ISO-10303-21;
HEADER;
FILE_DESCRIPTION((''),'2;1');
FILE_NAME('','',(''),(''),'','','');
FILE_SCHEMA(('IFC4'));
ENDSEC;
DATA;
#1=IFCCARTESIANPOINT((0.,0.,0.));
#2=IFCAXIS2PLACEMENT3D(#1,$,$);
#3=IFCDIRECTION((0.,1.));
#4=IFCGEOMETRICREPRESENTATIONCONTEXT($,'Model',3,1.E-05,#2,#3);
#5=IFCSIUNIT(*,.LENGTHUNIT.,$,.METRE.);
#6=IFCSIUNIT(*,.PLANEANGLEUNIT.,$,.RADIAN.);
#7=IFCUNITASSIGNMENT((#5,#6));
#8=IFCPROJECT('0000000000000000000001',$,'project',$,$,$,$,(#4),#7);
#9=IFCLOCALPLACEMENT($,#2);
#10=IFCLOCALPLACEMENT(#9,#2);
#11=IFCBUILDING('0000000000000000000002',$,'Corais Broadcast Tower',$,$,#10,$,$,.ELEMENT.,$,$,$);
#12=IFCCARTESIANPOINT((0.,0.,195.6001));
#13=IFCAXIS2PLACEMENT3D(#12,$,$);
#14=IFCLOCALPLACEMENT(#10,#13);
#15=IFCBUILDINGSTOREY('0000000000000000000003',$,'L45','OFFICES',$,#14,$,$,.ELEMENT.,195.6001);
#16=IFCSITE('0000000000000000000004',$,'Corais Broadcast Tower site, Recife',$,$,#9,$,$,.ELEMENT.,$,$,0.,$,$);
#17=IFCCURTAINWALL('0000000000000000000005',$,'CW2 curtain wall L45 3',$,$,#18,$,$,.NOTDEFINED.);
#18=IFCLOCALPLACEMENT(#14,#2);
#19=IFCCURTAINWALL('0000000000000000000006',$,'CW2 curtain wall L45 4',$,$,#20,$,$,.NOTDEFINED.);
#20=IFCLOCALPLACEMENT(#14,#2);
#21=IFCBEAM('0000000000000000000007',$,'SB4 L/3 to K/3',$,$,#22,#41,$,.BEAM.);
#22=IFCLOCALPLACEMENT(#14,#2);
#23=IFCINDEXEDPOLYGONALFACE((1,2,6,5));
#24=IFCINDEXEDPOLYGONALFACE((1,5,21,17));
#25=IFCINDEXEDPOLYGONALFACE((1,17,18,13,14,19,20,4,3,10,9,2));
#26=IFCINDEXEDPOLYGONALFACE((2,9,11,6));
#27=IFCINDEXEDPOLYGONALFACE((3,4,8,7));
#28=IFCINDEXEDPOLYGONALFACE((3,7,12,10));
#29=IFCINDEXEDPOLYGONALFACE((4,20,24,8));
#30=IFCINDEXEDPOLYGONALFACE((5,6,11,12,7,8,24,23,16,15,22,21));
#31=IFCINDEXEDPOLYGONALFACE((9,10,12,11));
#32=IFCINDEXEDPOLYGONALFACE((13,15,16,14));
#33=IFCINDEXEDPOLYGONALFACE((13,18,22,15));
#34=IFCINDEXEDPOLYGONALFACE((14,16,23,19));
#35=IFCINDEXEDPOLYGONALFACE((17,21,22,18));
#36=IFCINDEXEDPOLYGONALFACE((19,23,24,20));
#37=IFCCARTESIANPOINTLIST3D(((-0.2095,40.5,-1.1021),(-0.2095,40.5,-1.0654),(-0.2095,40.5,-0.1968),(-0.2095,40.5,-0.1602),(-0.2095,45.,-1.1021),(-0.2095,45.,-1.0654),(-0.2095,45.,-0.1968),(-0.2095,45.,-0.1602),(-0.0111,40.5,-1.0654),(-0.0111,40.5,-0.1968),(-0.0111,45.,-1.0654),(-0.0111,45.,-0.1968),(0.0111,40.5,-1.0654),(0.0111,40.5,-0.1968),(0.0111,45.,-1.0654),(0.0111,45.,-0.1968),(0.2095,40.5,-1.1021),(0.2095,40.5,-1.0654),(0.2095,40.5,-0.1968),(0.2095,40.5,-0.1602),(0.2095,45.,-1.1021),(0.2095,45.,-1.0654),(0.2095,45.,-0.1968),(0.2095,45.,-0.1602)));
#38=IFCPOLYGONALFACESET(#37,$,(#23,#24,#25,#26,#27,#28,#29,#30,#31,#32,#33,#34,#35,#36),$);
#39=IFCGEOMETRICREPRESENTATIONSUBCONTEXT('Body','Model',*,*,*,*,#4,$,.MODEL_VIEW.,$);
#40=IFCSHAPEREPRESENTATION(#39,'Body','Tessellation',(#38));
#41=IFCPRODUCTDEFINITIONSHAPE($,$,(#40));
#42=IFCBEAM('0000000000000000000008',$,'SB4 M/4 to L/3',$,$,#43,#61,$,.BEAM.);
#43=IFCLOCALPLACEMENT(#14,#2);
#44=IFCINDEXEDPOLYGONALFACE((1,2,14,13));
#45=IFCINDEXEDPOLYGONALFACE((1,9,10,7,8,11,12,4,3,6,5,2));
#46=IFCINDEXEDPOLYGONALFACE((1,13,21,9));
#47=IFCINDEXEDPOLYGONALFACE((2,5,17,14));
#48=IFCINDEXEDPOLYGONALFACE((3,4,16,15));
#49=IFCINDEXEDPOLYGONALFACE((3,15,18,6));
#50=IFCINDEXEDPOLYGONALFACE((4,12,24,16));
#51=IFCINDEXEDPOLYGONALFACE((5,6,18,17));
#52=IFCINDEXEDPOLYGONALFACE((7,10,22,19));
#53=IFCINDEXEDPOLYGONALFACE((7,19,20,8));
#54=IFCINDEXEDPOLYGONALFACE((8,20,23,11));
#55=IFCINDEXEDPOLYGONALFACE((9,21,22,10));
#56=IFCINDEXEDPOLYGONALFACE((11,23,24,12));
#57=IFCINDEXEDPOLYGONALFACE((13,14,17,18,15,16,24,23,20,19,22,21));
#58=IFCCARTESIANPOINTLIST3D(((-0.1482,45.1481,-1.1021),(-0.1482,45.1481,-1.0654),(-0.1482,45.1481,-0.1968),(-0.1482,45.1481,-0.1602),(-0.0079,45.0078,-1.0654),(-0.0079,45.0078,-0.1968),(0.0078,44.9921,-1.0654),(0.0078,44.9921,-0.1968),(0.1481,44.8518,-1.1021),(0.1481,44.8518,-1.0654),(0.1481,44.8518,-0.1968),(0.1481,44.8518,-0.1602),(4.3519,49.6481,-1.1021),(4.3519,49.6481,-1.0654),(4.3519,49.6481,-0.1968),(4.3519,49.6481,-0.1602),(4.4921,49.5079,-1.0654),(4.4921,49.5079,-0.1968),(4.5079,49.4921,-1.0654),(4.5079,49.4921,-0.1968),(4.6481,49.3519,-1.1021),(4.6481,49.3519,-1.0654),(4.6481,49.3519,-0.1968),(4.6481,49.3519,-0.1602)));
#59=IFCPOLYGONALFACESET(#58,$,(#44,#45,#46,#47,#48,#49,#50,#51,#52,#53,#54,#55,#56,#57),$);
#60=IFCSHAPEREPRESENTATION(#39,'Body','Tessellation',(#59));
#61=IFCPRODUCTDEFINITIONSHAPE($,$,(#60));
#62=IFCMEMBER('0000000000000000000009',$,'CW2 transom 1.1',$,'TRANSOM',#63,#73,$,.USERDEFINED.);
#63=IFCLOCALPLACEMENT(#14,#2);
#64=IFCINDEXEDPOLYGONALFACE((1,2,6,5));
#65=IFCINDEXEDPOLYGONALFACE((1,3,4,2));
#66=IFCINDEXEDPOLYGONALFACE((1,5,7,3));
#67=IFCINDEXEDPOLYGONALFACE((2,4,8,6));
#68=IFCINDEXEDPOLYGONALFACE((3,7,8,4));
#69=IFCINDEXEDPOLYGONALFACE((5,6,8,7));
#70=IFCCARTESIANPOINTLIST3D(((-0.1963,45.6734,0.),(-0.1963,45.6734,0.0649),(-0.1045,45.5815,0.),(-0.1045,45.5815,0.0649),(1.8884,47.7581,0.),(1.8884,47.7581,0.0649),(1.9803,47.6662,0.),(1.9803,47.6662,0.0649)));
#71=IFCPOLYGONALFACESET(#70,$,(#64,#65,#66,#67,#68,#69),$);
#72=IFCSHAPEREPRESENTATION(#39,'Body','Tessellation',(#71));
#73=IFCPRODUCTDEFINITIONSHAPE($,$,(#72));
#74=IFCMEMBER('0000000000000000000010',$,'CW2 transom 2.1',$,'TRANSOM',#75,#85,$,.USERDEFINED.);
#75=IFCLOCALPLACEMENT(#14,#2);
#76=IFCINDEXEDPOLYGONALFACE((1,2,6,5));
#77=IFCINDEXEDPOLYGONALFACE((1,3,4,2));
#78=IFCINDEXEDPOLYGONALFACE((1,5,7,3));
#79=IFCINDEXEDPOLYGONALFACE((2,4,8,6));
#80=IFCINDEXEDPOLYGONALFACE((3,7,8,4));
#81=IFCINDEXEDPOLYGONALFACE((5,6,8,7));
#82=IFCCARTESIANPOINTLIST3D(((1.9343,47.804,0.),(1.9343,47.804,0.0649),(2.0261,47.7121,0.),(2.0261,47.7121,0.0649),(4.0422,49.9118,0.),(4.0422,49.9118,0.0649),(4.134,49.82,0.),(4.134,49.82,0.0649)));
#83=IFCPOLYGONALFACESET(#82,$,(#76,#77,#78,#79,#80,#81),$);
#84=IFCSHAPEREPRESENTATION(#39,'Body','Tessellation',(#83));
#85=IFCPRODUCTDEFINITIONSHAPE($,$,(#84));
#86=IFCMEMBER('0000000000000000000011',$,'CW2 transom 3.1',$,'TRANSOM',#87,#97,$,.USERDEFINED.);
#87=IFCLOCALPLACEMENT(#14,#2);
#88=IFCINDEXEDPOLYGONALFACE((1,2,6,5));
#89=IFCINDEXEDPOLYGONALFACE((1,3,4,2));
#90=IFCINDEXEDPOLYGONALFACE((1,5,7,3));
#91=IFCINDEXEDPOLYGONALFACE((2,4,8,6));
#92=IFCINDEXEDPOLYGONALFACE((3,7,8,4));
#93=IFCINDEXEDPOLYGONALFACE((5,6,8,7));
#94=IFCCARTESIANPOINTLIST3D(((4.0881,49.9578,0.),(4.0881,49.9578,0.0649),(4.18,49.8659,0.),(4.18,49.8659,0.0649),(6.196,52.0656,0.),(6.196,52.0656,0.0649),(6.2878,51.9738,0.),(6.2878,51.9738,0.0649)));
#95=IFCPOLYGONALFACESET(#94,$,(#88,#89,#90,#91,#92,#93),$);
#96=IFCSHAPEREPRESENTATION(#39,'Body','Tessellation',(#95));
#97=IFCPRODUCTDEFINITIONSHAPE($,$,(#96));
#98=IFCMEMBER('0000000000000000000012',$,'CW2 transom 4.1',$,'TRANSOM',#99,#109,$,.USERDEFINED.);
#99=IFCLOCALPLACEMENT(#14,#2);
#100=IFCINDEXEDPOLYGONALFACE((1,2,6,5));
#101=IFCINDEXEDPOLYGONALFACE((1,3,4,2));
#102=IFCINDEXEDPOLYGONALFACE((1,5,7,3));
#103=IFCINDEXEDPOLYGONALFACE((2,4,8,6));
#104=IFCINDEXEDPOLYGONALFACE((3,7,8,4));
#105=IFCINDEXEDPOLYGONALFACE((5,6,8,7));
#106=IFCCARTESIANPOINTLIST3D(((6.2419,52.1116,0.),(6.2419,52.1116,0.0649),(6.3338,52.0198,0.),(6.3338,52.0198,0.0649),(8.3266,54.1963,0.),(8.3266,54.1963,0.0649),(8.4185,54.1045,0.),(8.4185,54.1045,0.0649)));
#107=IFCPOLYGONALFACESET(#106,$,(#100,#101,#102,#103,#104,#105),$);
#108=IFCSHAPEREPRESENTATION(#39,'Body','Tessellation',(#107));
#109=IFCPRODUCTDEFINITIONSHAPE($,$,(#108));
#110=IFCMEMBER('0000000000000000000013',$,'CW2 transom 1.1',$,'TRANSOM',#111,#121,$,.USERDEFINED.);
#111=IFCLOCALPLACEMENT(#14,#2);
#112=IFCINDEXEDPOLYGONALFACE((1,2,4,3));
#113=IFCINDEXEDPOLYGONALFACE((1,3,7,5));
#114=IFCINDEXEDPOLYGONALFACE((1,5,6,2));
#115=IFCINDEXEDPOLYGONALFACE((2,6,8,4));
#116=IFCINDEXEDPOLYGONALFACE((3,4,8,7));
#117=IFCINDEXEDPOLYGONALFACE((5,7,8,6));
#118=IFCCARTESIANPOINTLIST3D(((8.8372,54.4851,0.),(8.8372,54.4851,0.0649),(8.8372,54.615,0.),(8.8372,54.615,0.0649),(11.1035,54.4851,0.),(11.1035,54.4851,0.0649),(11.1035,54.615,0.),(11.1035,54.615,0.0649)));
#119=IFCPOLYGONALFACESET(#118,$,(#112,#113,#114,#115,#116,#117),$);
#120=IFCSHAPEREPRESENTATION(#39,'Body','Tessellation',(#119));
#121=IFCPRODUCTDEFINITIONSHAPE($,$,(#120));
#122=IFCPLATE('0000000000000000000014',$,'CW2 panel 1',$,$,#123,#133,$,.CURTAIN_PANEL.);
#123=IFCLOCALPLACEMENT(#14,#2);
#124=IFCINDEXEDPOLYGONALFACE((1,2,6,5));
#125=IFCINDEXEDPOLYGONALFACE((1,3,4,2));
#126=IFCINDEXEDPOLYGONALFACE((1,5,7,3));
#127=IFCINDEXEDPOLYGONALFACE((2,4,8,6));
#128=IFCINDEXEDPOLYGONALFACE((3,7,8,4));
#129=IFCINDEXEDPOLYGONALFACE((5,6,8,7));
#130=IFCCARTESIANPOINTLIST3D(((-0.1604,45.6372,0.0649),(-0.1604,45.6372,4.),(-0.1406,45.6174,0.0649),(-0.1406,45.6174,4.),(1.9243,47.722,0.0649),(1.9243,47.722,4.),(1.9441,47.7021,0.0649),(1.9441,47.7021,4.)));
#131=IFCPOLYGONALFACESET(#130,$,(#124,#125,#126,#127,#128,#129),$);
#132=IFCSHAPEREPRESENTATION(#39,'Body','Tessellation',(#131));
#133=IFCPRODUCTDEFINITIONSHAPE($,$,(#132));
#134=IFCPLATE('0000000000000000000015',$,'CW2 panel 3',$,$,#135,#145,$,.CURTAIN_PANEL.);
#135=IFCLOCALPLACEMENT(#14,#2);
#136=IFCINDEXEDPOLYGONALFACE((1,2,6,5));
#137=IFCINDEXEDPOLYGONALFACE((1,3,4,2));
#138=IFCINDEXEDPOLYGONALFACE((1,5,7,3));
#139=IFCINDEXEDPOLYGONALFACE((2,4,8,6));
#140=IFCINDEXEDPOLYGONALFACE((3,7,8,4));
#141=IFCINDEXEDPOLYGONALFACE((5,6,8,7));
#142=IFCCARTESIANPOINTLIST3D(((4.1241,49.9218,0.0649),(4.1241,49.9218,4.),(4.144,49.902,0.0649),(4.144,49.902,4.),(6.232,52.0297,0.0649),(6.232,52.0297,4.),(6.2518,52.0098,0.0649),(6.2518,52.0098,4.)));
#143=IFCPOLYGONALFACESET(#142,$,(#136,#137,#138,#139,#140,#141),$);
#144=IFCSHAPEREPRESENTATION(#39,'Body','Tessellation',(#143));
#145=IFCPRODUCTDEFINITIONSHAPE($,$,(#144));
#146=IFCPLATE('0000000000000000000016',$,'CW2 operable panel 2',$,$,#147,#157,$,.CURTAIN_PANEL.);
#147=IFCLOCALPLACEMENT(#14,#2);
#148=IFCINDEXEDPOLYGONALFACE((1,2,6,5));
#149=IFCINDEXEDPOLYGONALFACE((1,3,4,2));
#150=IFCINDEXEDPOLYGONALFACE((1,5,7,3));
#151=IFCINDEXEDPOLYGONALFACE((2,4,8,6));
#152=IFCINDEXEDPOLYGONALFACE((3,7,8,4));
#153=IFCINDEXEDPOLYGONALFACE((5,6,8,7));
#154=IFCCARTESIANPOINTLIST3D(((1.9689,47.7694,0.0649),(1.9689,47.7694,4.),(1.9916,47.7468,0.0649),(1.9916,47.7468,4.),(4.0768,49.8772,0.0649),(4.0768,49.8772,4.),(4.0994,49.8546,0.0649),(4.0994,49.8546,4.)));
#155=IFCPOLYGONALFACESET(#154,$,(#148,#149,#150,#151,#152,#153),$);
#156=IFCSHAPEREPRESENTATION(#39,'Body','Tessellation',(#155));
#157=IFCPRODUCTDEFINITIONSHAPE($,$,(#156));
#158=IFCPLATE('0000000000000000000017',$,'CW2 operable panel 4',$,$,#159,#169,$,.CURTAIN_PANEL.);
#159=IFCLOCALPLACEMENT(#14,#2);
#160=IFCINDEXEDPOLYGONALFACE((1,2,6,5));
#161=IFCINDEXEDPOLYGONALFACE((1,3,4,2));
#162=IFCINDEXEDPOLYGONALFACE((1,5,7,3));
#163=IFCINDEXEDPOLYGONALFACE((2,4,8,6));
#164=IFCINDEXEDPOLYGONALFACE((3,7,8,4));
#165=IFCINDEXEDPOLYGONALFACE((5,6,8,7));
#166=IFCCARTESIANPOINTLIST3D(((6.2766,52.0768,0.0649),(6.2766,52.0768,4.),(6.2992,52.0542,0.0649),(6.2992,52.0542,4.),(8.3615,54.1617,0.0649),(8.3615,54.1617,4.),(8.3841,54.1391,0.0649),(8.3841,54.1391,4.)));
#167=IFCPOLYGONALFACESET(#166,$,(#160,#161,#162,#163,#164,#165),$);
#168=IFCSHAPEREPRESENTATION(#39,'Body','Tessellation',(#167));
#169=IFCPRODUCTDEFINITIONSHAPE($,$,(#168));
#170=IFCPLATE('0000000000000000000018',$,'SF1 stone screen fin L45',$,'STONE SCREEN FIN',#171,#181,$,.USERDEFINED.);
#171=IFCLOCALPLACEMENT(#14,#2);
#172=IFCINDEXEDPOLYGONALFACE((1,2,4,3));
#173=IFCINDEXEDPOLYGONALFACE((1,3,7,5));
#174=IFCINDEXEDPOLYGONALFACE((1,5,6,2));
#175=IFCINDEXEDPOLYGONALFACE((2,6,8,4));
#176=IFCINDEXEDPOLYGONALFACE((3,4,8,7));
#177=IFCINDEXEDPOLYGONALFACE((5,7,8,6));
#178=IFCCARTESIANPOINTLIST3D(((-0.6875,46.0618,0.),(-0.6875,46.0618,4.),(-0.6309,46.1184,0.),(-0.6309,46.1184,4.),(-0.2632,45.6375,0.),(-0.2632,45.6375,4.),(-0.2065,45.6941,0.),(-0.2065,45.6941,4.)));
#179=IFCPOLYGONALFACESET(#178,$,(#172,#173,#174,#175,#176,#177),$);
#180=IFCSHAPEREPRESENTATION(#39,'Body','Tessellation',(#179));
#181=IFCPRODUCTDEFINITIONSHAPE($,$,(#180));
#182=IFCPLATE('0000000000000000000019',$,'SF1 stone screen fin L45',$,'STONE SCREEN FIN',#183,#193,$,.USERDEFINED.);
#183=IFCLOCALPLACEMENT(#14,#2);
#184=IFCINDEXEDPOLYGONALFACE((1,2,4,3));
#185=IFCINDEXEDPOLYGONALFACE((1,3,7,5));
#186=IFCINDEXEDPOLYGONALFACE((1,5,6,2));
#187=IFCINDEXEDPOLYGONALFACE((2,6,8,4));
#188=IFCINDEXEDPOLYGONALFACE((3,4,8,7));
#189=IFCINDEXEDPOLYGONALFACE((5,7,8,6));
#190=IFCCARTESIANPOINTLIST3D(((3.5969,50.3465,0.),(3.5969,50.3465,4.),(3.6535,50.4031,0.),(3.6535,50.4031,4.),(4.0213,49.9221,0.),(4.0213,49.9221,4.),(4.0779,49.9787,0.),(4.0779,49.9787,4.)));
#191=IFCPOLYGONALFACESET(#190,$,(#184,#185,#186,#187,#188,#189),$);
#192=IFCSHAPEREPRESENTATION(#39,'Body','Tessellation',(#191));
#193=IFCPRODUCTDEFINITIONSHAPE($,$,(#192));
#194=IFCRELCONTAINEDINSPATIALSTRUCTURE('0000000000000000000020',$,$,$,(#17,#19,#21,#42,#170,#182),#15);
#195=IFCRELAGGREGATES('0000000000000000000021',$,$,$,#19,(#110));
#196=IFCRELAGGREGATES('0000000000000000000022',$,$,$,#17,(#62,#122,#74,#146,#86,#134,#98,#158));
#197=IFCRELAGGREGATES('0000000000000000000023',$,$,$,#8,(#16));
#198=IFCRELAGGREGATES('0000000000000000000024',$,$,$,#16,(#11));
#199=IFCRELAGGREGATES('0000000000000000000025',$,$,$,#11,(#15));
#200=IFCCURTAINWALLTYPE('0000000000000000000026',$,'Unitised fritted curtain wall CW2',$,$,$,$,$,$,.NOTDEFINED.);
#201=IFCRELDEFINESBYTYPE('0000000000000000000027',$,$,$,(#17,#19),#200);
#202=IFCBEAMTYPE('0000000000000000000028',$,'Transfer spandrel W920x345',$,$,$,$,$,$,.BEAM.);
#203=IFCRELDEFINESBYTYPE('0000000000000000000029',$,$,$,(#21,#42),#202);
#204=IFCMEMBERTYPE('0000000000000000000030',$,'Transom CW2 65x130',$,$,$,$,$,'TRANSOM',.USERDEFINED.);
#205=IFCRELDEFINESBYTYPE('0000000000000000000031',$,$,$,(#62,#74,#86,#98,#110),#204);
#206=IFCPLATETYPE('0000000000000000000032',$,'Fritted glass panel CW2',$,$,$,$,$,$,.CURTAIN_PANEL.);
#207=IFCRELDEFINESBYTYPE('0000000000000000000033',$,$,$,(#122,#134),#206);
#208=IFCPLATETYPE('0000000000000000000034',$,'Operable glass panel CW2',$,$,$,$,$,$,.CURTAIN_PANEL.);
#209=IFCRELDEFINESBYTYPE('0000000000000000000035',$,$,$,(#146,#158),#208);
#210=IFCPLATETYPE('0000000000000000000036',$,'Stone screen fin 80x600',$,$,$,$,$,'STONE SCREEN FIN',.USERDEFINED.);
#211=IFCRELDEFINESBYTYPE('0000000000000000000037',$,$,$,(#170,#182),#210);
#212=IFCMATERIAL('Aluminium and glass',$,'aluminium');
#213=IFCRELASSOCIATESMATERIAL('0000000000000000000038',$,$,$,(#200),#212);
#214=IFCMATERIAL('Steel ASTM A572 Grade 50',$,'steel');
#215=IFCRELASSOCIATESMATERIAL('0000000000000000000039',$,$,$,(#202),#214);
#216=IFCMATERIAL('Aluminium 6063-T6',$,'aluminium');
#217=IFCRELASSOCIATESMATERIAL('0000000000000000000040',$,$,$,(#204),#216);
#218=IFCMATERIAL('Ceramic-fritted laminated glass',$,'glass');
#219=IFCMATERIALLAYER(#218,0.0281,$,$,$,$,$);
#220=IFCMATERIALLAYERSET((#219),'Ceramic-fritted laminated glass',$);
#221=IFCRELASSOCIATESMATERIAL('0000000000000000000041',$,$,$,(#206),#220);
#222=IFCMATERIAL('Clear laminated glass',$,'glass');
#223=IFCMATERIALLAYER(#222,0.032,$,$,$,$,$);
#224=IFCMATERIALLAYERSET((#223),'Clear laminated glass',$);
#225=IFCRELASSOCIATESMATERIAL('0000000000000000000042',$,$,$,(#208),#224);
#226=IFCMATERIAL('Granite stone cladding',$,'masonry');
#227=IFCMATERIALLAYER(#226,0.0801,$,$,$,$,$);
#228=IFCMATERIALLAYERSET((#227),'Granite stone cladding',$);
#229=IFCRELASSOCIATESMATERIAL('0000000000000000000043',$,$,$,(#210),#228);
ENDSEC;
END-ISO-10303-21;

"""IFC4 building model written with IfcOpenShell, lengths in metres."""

from ifc_helpers import new_model, si_unit, direction, frame, origin, origin_2d, place, context, subcontext, project, spatial, rectangle, i_section, extrude, material, layer, layer_set, material_profile, profile_set, type_object, element, aggregate, save


model = new_model("IFC4")

# Units and contexts
model_context = context("Model", 3, precision=1e-05, world=origin(), true_north=direction((0.0, 1.0)))
body_context = subcontext(model_context, "Body", "Model", "MODEL_VIEW")
ifc_project = project(units=[si_unit("LENGTHUNIT", "METRE"), si_unit("PLANEANGLEUNIT", "RADIAN")], contexts=[model_context])

# Site, building, storey
site_placement = place(None, origin())
site = spatial("IfcSite", under=ifc_project, at=site_placement, Name="Corais Broadcast Tower site, Recife", CompositionType="ELEMENT", RefElevation=0.0)
building_placement = place(site_placement, origin())
building = spatial("IfcBuilding", under=site, at=building_placement, Name="Corais Broadcast Tower", CompositionType="ELEMENT")
storey_placement = place(building_placement, frame((0.0, 0.0, 195.6001)))
storey = spatial("IfcBuildingStorey", under=building, at=storey_placement, Name="L45", Description="OFFICES", CompositionType="ELEMENT", Elevation=195.6001)

# Shared definitions
ifc_material_1 = material(Name="Aluminium and glass", Category="aluminium")
curtain_wall_type = type_object("IfcCurtainWallType", Name="Unitised fritted curtain wall CW2", PredefinedType="NOTDEFINED", material=ifc_material_1)

# Curtain wall
curtain_wall_1_placement = place(storey_placement, origin())
curtain_wall_1 = element("IfcCurtainWall", 1, at=curtain_wall_1_placement, inside=storey, type_object=curtain_wall_type, Name="CW2 curtain wall L45 3", PredefinedType="NOTDEFINED")

# Curtain wall
curtain_wall_2_placement = place(storey_placement, origin())
curtain_wall_2 = element("IfcCurtainWall", 2, at=curtain_wall_2_placement, inside=storey, type_object=curtain_wall_type, Name="CW2 curtain wall L45 4", PredefinedType="NOTDEFINED")

# Beams
ifc_material_2 = material(Name="Steel ASTM A572 Grade 50", Category="steel")
ifc_material_profile_1 = material_profile(ifc_material_2, i_section(OverallWidth=0.4189, OverallDepth=0.9419, WebThickness=0.0222, FlangeThickness=0.0366, at=origin_2d()), Name="W920x345")
ifc_profile_set_1 = profile_set([ifc_material_profile_1], Name="Steel ASTM A572 Grade 50")
beam_type_1 = type_object("IfcBeamType", Name="Transfer spandrel W920x345", PredefinedType="BEAM", material=ifc_profile_set_1)
beam_1_placement = place(storey_placement, frame((0.0, 45.0, -0.6311), z_axis=(0.0, -1.0, 0.0), x_axis=(1.0, 0.0, 0.0)))
element("IfcBeam", 3, at=beam_1_placement, inside=storey, type_object=beam_type_1, Name="SB4 L/3 to K/3", PredefinedType="BEAM", context=body_context, shape_type="SweptSolid", body=[
    extrude(i_section(OverallWidth=0.4189, OverallDepth=0.9419, WebThickness=0.0222, FlangeThickness=0.0366, at=origin_2d()), origin(), (0.0, 0.0, 1.0), 4.5),
])
beam_2_placement = place(storey_placement, frame((4.5, 49.5, -0.6311), z_axis=(-0.707107, -0.707107, 0.0), x_axis=(0.707107, -0.707107, 0.0)))
element("IfcBeam", 4, at=beam_2_placement, inside=storey, type_object=beam_type_1, Name="SB4 M/4 to L/3", PredefinedType="BEAM", context=body_context, shape_type="SweptSolid", body=[
    extrude(i_section(OverallWidth=0.4189, OverallDepth=0.9419, WebThickness=0.0222, FlangeThickness=0.0366, at=origin_2d()), origin(), (0.0, 0.0, 1.0), 6.364),
])

# Members
ifc_material_3 = material(Name="Aluminium 6063-T6", Category="aluminium")
ifc_material_profile_2 = material_profile(ifc_material_3, rectangle(XDim=0.1299, YDim=0.0649, at=origin_2d()), Name="Transom CW2 65x130")
ifc_profile_set_2 = profile_set([ifc_material_profile_2], Name="Aluminium 6063-T6")
member_type_1 = type_object("IfcMemberType", Name="Transom CW2 65x130", ElementType="TRANSOM", PredefinedType="USERDEFINED", material=ifc_profile_set_2)
member_1_placement = place(storey_placement, frame((-0.1504, 45.6274, 0.0325), z_axis=(0.707107, 0.707107, 0.0), x_axis=(-0.707107, 0.707107, 0.0)))
member_1 = element("IfcMember", 5, at=member_1_placement, type_object=member_type_1, Name="CW2 transom 1.1", ObjectType="TRANSOM", PredefinedType="USERDEFINED", context=body_context, shape_type="SweptSolid", body=[
    extrude(rectangle(XDim=0.1299, YDim=0.0649, at=origin_2d()), origin(), (0.0, 0.0, 1.0), 2.9482),
])
member_2_placement = place(storey_placement, frame((1.9802, 47.7581, 0.0325), z_axis=(0.707107, 0.707107, 0.0), x_axis=(-0.707107, 0.707107, 0.0)))
member_2 = element("IfcMember", 6, at=member_2_placement, type_object=member_type_1, Name="CW2 transom 2.1", ObjectType="TRANSOM", PredefinedType="USERDEFINED", context=body_context, shape_type="SweptSolid", body=[
    extrude(rectangle(XDim=0.1299, YDim=0.0649, at=origin_2d()), origin(), (0.0, 0.0, 1.0), 2.981),
])
member_3_placement = place(storey_placement, frame((4.134, 49.9119, 0.0325), z_axis=(0.707107, 0.707107, 0.0), x_axis=(-0.707107, 0.707107, 0.0)))
member_3 = element("IfcMember", 7, at=member_3_placement, type_object=member_type_1, Name="CW2 transom 3.1", ObjectType="TRANSOM", PredefinedType="USERDEFINED", context=body_context, shape_type="SweptSolid", body=[
    extrude(rectangle(XDim=0.1299, YDim=0.0649, at=origin_2d()), origin(), (0.0, 0.0, 1.0), 2.981),
])
member_4_placement = place(storey_placement, frame((6.2878, 52.0657, 0.0325), z_axis=(0.707107, 0.707107, 0.0), x_axis=(-0.707107, 0.707107, 0.0)))
member_4 = element("IfcMember", 8, at=member_4_placement, type_object=member_type_1, Name="CW2 transom 4.1", ObjectType="TRANSOM", PredefinedType="USERDEFINED", context=body_context, shape_type="SweptSolid", body=[
    extrude(rectangle(XDim=0.1299, YDim=0.0649, at=origin_2d()), origin(), (0.0, 0.0, 1.0), 2.9482),
])
member_5_placement = place(storey_placement, frame((8.8372, 54.55, 0.0325), z_axis=(1.0, 0.0, 0.0), x_axis=(0.0, 1.0, 0.0)))
member_5 = element("IfcMember", 9, at=member_5_placement, type_object=member_type_1, Name="CW2 transom 1.1", ObjectType="TRANSOM", PredefinedType="USERDEFINED", context=body_context, shape_type="SweptSolid", body=[
    extrude(rectangle(XDim=0.1299, YDim=0.0649, at=origin_2d()), origin(), (0.0, 0.0, 1.0), 2.2664),
])
aggregate(curtain_wall_2, [member_5])

# Plates
ifc_material_4 = material(Name="Ceramic-fritted laminated glass", Category="glass")
ifc_layer_1 = layer(ifc_material_4, 0.0281)
ifc_layer_set_1 = layer_set([ifc_layer_1], Name="Ceramic-fritted laminated glass")
plate_type_1 = type_object("IfcPlateType", Name="Fritted glass panel CW2", PredefinedType="CURTAIN_PANEL", material=ifc_layer_set_1)
plate_1_placement = place(storey_placement, frame((0.8918, 46.6697, 0.0649), z_axis=(0.0, 0.0, 1.0), x_axis=(0.707107, 0.707107, 0.0)))
plate_1 = element("IfcPlate", 10, at=plate_1_placement, type_object=plate_type_1, Name="CW2 panel 1", PredefinedType="CURTAIN_PANEL", context=body_context, shape_type="SweptSolid", body=[
    extrude(rectangle(XDim=2.9482, YDim=0.0281, at=origin_2d()), origin(), (0.0, 0.0, 1.0), 3.9351),
])
plate_2_placement = place(storey_placement, frame((5.188, 50.9658, 0.0649), z_axis=(0.0, 0.0, 1.0), x_axis=(0.707107, 0.707107, 0.0)))
plate_2 = element("IfcPlate", 11, at=plate_2_placement, type_object=plate_type_1, Name="CW2 panel 3", PredefinedType="CURTAIN_PANEL", context=body_context, shape_type="SweptSolid", body=[
    extrude(rectangle(XDim=2.981, YDim=0.0281, at=origin_2d()), origin(), (0.0, 0.0, 1.0), 3.9351),
])
ifc_material_5 = material(Name="Clear laminated glass", Category="glass")
ifc_layer_2 = layer(ifc_material_5, 0.032)
ifc_layer_set_2 = layer_set([ifc_layer_2], Name="Clear laminated glass")
plate_type_2 = type_object("IfcPlateType", Name="Operable glass panel CW2", PredefinedType="CURTAIN_PANEL", material=ifc_layer_set_2)
plate_3_placement = place(storey_placement, frame((3.0342, 48.812, 0.0649), z_axis=(0.0, 0.0, 1.0), x_axis=(0.707107, 0.707107, 0.0)))
plate_3 = element("IfcPlate", 12, at=plate_3_placement, type_object=plate_type_2, Name="CW2 operable panel 2", PredefinedType="CURTAIN_PANEL", context=body_context, shape_type="SweptSolid", body=[
    extrude(rectangle(XDim=2.981, YDim=0.032, at=origin_2d()), origin(), (0.0, 0.0, 1.0), 3.9351),
])
plate_4_placement = place(storey_placement, frame((7.3303, 53.1079, 0.0649), z_axis=(0.0, 0.0, 1.0), x_axis=(0.707107, 0.707107, 0.0)))
plate_4 = element("IfcPlate", 13, at=plate_4_placement, type_object=plate_type_2, Name="CW2 operable panel 4", PredefinedType="CURTAIN_PANEL", context=body_context, shape_type="SweptSolid", body=[
    extrude(rectangle(XDim=2.9485, YDim=0.032, at=origin_2d()), origin(), (0.0, 0.0, 1.0), 3.9351),
])
aggregate(curtain_wall_1, [member_1, plate_1, member_2, plate_3, member_3, plate_2, member_4, plate_4])

# Plates
ifc_material_6 = material(Name="Granite stone cladding", Category="masonry")
ifc_layer_3 = layer(ifc_material_6, 0.0801)
ifc_layer_set_3 = layer_set([ifc_layer_3], Name="Granite stone cladding")
plate_type_3 = type_object("IfcPlateType", Name="Stone screen fin 80x600", ElementType="STONE SCREEN FIN", PredefinedType="USERDEFINED", material=ifc_layer_set_3)
for number, where, z_axis, x_axis, name in (
    (14, (-0.447, 45.8779, 0.0), (0.0, 0.0, 1.0), (0.707107, 0.707107, 0.0), "SF1 stone screen fin L45"),
    (15, (3.8374, 50.1626, 0.0), (0.0, 0.0, 1.0), (0.707107, 0.707107, 0.0), "SF1 stone screen fin L45"),
):
    element("IfcPlate", number, at=place(storey_placement, frame(where, z_axis=z_axis, x_axis=x_axis)), inside=storey, type_object=plate_type_3, Name=name, ObjectType="STONE SCREEN FIN", PredefinedType="USERDEFINED", context=body_context, shape_type="SweptSolid", body=[
        extrude(rectangle(XDim=0.0801, YDim=0.6001, at=origin_2d()), origin(), (0.0, 0.0, 1.0), 4.0),
    ])

save(model, "model.ifc")
